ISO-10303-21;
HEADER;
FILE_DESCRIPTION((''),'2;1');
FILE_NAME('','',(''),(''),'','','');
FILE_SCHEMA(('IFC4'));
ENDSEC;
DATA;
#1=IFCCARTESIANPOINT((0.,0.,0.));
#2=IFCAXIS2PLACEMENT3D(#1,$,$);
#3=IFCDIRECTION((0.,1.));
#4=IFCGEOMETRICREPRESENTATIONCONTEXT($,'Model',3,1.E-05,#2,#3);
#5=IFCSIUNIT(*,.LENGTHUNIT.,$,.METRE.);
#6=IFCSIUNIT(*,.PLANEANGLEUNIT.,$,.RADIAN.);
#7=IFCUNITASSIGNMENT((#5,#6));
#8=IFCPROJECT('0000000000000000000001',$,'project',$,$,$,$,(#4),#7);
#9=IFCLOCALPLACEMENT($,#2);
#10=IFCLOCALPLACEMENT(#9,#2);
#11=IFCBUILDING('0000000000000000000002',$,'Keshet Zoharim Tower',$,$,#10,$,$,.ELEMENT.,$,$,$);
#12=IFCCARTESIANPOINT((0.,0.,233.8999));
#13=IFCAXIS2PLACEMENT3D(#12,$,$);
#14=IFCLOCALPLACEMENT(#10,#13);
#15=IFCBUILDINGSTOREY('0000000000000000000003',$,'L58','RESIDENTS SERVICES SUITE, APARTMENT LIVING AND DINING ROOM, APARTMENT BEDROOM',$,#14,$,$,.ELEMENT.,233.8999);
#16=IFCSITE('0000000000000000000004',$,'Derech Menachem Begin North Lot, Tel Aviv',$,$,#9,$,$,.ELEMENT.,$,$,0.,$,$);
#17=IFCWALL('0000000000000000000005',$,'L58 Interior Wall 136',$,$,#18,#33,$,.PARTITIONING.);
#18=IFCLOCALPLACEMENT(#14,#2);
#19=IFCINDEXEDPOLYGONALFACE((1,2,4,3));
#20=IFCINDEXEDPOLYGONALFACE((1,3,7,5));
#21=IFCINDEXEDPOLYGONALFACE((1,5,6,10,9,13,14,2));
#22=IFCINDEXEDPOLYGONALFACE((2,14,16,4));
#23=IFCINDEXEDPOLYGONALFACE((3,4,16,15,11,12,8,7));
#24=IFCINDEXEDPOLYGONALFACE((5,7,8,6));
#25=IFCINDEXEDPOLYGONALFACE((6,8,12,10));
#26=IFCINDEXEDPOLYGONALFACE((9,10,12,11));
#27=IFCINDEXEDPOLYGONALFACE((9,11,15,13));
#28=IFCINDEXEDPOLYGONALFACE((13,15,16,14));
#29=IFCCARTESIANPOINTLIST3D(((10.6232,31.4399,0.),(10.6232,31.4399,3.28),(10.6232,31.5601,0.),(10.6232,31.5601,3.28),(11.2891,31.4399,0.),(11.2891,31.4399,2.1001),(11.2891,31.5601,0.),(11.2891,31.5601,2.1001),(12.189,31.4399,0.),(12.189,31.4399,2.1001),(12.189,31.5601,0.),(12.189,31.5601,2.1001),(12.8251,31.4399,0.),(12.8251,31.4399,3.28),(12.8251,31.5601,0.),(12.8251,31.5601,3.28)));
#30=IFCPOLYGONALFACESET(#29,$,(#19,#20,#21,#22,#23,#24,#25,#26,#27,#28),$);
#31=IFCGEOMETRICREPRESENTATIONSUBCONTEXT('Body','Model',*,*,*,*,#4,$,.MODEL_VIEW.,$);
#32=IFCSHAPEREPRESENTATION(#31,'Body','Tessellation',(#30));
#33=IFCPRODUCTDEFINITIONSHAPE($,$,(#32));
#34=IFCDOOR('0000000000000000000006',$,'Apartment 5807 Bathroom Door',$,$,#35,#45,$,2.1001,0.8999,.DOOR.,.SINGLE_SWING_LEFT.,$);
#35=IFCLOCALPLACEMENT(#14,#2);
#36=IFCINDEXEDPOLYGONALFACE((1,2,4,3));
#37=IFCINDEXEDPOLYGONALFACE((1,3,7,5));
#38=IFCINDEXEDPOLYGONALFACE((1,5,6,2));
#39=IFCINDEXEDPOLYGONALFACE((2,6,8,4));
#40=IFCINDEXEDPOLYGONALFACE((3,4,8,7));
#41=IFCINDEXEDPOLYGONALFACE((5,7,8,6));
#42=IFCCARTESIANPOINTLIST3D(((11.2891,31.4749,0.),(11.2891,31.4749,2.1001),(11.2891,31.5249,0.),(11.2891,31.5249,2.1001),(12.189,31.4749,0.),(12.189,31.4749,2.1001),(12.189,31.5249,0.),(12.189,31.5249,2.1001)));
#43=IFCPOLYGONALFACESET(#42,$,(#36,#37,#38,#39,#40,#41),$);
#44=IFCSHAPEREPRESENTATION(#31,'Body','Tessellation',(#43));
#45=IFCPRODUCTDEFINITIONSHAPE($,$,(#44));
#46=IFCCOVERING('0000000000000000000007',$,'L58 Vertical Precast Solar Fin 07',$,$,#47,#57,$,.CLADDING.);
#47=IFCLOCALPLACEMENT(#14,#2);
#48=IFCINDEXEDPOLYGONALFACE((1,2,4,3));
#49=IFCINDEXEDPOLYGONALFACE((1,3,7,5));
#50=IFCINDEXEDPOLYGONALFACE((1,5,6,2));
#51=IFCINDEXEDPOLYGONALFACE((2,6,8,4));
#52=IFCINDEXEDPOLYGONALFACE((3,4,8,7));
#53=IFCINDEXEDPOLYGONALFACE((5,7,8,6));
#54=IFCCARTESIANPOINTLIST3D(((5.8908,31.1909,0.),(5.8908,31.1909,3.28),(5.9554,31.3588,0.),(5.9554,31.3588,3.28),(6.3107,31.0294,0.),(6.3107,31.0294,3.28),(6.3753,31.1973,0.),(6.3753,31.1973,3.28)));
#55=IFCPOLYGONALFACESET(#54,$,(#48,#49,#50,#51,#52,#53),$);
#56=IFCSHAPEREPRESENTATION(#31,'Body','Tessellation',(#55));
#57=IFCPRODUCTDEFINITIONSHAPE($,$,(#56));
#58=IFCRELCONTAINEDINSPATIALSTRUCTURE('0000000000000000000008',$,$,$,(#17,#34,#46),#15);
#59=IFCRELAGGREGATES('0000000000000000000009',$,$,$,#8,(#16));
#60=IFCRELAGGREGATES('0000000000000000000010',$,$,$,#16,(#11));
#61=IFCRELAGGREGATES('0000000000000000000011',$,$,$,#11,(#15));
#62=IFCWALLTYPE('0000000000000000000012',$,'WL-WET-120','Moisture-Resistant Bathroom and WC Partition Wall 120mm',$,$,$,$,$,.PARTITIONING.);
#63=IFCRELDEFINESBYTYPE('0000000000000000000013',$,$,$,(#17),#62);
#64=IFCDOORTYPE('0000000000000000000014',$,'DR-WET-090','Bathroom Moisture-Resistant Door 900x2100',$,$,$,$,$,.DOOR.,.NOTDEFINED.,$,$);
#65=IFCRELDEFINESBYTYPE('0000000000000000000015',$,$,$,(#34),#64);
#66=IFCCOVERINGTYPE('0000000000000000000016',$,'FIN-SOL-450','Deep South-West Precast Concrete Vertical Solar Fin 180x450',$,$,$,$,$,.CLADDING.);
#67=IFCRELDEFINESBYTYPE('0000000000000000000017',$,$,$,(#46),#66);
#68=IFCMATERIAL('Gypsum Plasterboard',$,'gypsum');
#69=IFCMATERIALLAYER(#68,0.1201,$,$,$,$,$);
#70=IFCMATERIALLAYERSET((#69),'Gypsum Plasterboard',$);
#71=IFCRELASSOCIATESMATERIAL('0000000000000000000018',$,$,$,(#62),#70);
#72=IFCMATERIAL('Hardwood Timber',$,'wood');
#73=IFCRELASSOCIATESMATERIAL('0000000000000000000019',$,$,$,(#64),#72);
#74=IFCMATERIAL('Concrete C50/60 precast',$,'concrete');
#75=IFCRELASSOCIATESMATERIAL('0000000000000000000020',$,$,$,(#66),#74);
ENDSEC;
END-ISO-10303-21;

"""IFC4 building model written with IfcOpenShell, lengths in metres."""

from ifc_helpers import new_model, si_unit, direction, frame, frame_2d, origin, origin_2d, place, context, subcontext, project, spatial, rectangle, extrude, material, layer, layer_set, type_object, element, fill, save


model = new_model("IFC4")

# Units and contexts
model_context = context("Model", 3, precision=1e-05, world=origin(), true_north=direction((0.0, 1.0)))
body_context = subcontext(model_context, "Body", "Model", "MODEL_VIEW")
ifc_project = project(units=[si_unit("LENGTHUNIT", "METRE"), si_unit("PLANEANGLEUNIT", "RADIAN")], contexts=[model_context])

# Site, building, storey
site_placement = place(None, origin())
site = spatial("IfcSite", under=ifc_project, at=site_placement, Name="Derech Menachem Begin North Lot, Tel Aviv", CompositionType="ELEMENT", RefElevation=0.0)
building_placement = place(site_placement, origin())
building = spatial("IfcBuilding", under=site, at=building_placement, Name="Keshet Zoharim Tower", CompositionType="ELEMENT")
storey_placement = place(building_placement, frame((0.0, 0.0, 233.8999)))
storey = spatial("IfcBuildingStorey", under=building, at=storey_placement, Name="L58", Description="RESIDENTS SERVICES SUITE, APARTMENT LIVING AND DINING ROOM, APARTMENT BEDROOM", CompositionType="ELEMENT", Elevation=233.8999)

# Shared definitions
ifc_material_1 = material(Name="Hardwood Timber", Category="wood")

# Shared definitions
ifc_material_2 = material(Name="Gypsum Plasterboard", Category="gypsum")

# Shared definitions
ifc_layer_1 = layer(ifc_material_2, 0.1201)
ifc_layer_set_1 = layer_set([ifc_layer_1], Name="Gypsum Plasterboard")
wall_type_1 = type_object("IfcWallType", Name="WL-WET-120", Description="Moisture-Resistant Bathroom and WC Partition Wall 120mm", PredefinedType="PARTITIONING", material=ifc_layer_set_1)

# Wall, opening, door
wall_1_placement = place(storey_placement, frame((10.623, 31.5, 0.0), z_axis=(0.0, 0.0, 1.0), x_axis=(1.0, 0.0, 0.0)))
wall_1 = element("IfcWall", 1, at=wall_1_placement, inside=storey, type_object=wall_type_1, Name="L58 Interior Wall 136", PredefinedType="PARTITIONING", context=body_context, shape_type="SweptSolid", body=[
    extrude(rectangle(XDim=2.2019, YDim=0.1201, at=frame_2d((1.1011, 0.0))), origin(), (0.0, 0.0, 1.0), 3.28),
])
opening_1_placement = place(wall_1_placement, frame((0.666, 0.0, 0.0)))
opening_1 = element("IfcOpeningElement", 2, at=opening_1_placement, cuts=wall_1, PredefinedType="OPENING", context=body_context, shape_type="SweptSolid", body=[
    extrude(rectangle(XDim=0.8999, YDim=2.1001, at=frame_2d((0.45, 1.05))), frame((0.0, 0.0701, 0.0), z_axis=(0.0, -1.0, 0.0), x_axis=(1.0, 0.0, 0.0)), (0.0, 0.0, 1.0), 0.1401),
])
door_type_1 = type_object("IfcDoorType", Name="DR-WET-090", Description="Bathroom Moisture-Resistant Door 900x2100", OperationType="NOTDEFINED", PredefinedType="DOOR", material=ifc_material_1)
door_1_placement = place(opening_1_placement, origin())
door_1 = element("IfcDoor", 3, at=door_1_placement, inside=storey, type_object=door_type_1, Name="Apartment 5807 Bathroom Door", OperationType="SINGLE_SWING_LEFT", OverallHeight=2.1001, OverallWidth=0.8999, PredefinedType="DOOR", context=body_context, shape_type="SweptSolid", body=[
    extrude(rectangle(XDim=0.8999, YDim=2.1001, at=frame_2d((0.45, 1.05))), frame((0.0, 0.0249, 0.0), z_axis=(0.0, -1.0, 0.0), x_axis=(1.0, 0.0, 0.0)), (0.0, 0.0, 1.0), 0.05),
])
fill(opening_1, door_1)

# Covering
ifc_material_3 = material(Name="Concrete C50/60 precast", Category="concrete")
covering_type = type_object("IfcCoveringType", Name="FIN-SOL-450", Description="Deep South-West Precast Concrete Vertical Solar Fin 180x450", PredefinedType="CLADDING", material=ifc_material_3)
covering_placement = place(storey_placement, frame((6.1331, 31.1941, 0.0), z_axis=(0.0, 0.0, 1.0), x_axis=(0.35899, 0.933341, 0.0)))
element("IfcCovering", 4, at=covering_placement, inside=storey, type_object=covering_type, Name="L58 Vertical Precast Solar Fin 07", PredefinedType="CLADDING", context=body_context, shape_type="SweptSolid", body=[
    extrude(rectangle(XDim=0.1799, YDim=0.45, at=origin_2d()), origin(), (0.0, 0.0, 1.0), 3.28),
])

save(model, "model.ifc")
